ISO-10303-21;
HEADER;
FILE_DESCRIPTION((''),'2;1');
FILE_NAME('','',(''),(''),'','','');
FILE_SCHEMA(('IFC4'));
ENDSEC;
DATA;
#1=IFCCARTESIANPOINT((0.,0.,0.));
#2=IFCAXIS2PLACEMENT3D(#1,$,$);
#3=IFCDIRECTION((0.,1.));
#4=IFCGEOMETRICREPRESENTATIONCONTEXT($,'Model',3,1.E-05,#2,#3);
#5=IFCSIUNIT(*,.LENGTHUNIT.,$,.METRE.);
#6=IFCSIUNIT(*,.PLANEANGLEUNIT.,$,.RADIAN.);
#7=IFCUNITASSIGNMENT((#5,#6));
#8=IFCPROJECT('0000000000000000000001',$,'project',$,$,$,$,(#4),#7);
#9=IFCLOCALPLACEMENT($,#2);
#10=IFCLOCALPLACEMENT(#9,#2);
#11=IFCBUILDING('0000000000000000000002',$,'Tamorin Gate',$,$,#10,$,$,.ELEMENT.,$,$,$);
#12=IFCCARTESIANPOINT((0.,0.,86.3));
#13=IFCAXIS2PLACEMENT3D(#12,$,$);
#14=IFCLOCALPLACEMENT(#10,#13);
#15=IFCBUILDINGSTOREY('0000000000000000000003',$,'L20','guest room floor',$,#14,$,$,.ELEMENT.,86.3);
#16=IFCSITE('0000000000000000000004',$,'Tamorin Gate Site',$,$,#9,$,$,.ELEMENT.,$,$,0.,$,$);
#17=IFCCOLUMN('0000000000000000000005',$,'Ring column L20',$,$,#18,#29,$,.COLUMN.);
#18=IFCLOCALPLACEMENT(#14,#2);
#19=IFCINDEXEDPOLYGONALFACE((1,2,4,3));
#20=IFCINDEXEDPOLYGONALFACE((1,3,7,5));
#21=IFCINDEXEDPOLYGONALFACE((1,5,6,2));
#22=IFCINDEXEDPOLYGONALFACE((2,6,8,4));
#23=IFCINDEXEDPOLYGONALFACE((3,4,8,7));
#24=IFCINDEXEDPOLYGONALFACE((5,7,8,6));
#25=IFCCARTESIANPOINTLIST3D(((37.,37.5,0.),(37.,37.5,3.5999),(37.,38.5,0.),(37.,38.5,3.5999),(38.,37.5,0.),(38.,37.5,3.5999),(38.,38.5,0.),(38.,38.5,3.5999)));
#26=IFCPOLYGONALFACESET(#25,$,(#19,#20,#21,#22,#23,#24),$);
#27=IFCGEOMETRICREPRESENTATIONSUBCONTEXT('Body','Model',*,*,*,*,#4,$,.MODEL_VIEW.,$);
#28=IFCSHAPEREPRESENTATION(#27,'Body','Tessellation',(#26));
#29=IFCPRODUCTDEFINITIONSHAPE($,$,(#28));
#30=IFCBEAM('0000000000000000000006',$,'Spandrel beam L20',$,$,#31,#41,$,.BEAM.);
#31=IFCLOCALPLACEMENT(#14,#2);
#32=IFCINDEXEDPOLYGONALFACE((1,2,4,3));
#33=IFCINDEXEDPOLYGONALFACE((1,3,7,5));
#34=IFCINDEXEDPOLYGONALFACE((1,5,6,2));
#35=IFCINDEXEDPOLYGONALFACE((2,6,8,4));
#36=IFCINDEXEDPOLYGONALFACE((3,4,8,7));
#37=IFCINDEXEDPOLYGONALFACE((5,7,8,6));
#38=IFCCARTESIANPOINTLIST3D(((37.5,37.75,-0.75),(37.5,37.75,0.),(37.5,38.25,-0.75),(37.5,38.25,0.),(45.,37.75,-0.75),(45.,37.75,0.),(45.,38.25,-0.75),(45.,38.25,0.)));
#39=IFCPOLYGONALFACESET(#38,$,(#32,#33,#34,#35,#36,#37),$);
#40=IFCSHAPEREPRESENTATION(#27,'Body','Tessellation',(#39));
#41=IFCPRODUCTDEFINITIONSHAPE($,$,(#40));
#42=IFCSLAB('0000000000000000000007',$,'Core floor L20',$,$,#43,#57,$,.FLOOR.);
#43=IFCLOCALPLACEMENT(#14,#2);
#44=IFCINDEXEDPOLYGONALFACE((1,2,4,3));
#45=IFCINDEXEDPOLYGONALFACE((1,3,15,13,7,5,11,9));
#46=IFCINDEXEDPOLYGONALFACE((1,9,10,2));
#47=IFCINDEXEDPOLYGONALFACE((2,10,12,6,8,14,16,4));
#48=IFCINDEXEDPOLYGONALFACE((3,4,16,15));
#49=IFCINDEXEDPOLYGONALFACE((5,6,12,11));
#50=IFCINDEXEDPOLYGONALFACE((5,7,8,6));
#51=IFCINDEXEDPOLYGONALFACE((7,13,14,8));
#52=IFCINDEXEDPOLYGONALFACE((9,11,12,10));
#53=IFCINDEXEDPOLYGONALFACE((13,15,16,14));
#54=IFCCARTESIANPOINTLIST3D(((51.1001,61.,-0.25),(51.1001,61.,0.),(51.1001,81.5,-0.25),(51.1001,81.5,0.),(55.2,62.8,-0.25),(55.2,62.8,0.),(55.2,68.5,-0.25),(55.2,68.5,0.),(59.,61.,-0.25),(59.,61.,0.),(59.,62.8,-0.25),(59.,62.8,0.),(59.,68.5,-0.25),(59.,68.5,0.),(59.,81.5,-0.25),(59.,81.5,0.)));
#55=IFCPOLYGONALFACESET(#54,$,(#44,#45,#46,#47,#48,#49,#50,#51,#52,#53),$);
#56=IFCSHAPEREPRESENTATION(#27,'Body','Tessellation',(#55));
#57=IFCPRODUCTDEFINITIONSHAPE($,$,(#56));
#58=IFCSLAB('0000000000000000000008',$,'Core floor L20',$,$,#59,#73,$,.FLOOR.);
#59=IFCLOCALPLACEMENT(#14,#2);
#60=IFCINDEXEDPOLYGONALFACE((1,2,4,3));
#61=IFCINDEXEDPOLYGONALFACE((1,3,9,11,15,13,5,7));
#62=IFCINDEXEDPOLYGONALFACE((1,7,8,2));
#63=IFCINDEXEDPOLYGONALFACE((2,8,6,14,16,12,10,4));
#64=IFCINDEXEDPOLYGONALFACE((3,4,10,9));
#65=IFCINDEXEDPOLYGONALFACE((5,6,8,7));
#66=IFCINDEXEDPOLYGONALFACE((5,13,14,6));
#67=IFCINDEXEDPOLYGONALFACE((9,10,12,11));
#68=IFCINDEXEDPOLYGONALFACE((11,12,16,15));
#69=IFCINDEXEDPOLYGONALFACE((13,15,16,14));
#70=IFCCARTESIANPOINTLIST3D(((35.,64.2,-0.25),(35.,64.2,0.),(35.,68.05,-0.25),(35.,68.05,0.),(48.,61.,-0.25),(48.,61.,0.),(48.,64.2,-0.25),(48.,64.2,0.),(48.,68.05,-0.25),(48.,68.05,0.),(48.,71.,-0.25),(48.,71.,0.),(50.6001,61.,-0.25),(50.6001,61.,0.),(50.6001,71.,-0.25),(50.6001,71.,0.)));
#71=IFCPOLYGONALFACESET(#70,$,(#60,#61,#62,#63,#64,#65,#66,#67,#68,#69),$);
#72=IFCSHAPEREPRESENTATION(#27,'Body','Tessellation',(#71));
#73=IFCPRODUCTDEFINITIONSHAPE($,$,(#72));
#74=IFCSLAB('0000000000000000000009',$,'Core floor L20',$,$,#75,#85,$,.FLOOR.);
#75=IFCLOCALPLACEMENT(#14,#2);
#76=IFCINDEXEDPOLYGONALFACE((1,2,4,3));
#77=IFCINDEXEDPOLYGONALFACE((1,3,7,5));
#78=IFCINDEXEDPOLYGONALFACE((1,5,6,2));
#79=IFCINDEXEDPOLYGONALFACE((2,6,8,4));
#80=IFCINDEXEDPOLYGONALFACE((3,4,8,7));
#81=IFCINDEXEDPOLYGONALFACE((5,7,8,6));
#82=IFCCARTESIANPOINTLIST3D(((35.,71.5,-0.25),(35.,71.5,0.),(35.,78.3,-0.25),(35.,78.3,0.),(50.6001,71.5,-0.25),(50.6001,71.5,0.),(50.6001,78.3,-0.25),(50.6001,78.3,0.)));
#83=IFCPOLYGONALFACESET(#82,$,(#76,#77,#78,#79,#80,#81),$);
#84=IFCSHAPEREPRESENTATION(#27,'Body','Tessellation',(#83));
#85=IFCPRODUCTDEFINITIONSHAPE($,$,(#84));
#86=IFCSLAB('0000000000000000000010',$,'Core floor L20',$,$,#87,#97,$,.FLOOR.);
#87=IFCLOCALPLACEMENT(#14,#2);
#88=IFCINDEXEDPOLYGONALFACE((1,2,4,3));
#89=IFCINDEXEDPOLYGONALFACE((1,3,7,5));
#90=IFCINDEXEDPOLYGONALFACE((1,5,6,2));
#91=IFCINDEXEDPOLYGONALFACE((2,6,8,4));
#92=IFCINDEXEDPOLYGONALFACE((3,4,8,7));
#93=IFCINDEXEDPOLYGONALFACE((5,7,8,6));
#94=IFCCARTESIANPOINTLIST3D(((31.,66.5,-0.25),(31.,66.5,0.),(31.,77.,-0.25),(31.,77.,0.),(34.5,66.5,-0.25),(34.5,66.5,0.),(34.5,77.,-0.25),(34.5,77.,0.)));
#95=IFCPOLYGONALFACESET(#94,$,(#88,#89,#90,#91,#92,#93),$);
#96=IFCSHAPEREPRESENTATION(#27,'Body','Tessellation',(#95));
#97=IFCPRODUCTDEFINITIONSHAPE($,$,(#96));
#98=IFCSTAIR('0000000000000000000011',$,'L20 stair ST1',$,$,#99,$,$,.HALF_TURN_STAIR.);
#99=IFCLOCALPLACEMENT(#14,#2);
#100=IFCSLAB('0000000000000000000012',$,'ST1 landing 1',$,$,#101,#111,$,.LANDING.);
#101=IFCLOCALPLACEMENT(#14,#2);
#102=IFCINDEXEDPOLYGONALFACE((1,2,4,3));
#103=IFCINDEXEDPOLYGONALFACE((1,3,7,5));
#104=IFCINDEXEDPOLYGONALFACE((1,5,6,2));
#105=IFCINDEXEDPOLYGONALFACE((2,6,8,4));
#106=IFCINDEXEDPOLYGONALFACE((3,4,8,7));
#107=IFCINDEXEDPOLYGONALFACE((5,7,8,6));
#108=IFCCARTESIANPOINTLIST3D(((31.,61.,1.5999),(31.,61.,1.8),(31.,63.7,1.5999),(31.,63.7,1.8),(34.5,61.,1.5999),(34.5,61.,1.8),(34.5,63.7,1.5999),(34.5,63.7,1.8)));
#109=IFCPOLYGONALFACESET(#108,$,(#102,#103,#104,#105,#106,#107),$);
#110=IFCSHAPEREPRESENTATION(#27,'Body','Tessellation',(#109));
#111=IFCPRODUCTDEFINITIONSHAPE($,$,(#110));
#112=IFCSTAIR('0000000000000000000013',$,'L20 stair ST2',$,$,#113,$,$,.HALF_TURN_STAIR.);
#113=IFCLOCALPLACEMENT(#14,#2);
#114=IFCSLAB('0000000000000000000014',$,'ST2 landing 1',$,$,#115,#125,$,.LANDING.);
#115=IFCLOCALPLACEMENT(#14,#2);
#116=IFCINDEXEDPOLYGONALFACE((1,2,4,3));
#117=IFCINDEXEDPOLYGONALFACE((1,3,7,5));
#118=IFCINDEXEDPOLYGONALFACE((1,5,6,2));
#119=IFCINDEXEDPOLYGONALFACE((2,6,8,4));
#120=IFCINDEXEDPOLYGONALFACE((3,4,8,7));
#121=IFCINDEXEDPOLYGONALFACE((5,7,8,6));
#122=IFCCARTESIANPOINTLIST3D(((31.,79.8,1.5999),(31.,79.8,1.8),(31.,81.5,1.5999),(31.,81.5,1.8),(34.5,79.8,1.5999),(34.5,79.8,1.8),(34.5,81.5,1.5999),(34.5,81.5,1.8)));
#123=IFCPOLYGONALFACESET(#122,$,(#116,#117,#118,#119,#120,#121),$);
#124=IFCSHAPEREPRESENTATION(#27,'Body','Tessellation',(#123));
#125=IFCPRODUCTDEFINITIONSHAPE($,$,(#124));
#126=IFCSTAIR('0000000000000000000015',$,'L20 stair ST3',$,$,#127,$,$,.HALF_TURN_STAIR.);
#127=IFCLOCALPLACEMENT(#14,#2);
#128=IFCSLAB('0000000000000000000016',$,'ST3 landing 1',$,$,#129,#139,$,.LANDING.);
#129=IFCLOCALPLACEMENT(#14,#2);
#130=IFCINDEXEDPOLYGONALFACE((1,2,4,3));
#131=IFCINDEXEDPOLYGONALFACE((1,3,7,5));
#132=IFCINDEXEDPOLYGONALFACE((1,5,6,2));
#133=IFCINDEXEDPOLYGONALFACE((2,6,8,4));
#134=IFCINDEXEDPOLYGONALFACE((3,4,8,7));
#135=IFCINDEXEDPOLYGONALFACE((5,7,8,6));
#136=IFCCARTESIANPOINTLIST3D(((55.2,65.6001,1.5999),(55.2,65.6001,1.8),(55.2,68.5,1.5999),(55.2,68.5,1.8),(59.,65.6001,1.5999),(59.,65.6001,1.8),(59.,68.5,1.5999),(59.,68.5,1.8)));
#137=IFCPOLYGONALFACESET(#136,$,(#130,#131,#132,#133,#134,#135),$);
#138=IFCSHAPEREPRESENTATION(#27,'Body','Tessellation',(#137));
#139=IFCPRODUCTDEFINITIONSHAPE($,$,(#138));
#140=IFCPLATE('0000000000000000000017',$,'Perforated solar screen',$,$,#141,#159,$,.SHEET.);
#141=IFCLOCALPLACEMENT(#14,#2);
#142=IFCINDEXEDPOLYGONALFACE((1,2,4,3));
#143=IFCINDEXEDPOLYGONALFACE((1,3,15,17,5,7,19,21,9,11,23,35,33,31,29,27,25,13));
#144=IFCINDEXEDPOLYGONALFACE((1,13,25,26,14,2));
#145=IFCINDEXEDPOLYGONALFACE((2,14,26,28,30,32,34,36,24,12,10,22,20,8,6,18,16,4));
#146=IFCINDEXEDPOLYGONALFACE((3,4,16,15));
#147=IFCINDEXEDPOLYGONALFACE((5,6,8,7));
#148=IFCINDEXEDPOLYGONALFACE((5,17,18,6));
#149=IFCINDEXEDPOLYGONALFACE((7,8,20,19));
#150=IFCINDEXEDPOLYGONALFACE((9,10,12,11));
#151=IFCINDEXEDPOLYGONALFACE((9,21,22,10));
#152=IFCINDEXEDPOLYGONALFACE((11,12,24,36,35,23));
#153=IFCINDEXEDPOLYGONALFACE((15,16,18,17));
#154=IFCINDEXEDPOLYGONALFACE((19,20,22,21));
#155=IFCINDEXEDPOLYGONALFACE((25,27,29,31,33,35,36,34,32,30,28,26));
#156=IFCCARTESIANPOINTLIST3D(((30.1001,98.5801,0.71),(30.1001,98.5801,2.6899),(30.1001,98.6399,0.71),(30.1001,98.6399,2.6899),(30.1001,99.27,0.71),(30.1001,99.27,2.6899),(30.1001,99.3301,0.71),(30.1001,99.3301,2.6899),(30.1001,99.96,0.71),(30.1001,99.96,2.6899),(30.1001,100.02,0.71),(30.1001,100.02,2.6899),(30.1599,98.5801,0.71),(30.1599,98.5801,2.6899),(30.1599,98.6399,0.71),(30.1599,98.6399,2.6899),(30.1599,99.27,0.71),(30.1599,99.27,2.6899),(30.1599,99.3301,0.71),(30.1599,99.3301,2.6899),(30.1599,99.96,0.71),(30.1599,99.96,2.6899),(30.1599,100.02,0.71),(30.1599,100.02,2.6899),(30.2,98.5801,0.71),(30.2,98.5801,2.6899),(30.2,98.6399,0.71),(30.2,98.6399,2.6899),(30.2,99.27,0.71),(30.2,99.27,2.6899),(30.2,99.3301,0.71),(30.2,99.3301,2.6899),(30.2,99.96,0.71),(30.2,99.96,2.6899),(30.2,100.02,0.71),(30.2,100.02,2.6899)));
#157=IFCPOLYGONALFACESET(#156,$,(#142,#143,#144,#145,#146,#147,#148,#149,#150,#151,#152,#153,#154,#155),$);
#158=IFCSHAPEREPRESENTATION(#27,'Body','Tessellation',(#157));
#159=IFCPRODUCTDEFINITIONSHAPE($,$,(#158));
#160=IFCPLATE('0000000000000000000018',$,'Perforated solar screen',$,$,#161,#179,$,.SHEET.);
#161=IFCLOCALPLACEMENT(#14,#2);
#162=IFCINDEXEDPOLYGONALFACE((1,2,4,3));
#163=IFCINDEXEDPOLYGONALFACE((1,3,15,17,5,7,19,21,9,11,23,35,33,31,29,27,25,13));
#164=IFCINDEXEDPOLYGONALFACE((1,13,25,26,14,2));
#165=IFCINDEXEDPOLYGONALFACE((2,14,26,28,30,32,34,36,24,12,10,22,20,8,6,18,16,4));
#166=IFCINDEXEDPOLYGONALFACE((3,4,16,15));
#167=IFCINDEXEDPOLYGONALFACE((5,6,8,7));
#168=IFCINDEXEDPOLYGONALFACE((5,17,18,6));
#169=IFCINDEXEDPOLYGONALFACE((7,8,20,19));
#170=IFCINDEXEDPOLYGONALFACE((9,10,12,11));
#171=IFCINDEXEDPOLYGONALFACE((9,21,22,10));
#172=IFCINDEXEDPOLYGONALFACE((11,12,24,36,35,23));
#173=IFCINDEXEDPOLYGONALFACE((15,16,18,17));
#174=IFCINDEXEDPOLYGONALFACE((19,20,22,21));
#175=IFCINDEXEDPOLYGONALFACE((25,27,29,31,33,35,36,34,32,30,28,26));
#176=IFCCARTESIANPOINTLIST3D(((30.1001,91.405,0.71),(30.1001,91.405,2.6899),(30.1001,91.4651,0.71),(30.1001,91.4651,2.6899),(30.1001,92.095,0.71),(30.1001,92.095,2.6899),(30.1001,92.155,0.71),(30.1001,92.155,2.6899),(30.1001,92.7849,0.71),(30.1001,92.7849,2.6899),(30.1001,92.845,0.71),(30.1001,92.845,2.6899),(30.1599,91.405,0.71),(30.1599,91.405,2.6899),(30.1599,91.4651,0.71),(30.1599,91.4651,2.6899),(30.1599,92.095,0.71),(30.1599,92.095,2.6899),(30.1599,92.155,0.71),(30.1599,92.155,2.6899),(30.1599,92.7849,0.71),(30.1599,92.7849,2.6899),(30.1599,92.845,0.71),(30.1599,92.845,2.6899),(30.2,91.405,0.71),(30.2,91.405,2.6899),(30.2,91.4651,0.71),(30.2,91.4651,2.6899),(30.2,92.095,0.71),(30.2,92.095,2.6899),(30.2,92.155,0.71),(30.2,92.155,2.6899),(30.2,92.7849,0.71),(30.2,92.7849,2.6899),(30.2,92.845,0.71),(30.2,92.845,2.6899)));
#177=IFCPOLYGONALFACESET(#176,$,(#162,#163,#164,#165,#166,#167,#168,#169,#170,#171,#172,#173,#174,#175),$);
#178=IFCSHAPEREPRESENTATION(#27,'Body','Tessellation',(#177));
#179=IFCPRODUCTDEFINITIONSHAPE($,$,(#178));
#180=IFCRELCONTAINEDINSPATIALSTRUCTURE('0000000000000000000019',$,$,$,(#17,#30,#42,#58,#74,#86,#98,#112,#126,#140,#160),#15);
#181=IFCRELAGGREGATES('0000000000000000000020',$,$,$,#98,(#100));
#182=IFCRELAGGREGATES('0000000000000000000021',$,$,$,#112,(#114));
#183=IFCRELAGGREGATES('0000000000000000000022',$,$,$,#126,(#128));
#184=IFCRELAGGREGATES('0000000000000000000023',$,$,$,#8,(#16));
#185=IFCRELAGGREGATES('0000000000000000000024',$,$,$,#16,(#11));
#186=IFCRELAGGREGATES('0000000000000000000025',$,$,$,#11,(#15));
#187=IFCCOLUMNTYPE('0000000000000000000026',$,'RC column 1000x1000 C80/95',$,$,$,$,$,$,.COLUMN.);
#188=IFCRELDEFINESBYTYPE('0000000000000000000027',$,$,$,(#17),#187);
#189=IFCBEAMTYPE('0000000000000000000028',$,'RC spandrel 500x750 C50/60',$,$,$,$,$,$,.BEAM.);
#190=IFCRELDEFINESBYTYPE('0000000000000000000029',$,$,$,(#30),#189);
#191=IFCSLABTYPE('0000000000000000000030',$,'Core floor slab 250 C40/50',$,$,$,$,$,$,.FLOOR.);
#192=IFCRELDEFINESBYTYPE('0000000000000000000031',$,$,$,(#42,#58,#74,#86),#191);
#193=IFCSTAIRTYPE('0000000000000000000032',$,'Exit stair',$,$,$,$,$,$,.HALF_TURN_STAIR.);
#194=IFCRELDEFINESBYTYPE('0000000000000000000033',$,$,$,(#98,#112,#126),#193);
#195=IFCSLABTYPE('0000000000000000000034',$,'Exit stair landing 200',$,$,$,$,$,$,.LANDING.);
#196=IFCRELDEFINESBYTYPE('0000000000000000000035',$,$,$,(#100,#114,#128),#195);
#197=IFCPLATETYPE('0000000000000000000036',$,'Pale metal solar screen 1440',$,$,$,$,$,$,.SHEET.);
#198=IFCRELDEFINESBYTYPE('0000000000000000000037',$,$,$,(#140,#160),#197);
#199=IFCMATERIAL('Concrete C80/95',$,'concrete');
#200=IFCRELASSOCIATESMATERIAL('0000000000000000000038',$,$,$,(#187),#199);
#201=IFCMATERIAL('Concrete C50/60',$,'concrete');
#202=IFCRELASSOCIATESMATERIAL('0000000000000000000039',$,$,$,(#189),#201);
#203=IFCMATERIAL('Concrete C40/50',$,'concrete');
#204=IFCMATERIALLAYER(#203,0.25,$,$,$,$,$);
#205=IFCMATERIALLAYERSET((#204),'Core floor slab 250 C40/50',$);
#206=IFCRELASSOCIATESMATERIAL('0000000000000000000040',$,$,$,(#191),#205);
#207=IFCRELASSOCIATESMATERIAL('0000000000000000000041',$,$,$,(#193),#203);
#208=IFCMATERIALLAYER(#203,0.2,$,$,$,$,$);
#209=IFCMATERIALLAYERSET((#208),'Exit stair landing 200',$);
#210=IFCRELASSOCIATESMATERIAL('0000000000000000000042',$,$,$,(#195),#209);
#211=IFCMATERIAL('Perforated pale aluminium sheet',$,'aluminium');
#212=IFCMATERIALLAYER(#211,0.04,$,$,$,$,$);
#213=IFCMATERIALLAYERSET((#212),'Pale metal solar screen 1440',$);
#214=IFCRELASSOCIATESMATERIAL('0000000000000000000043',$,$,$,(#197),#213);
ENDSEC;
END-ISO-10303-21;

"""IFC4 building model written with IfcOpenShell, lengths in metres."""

from ifc_helpers import new_model, si_unit, direction, frame, origin, origin_2d, place, context, subcontext, project, spatial, polyline, rectangle, outline, extrude, material, layer, layer_set, material_profile, profile_set, type_object, element, aggregate, save


model = new_model("IFC4")

# Units and contexts
model_context = context("Model", 3, precision=1e-05, world=origin(), true_north=direction((0.0, 1.0)))
body_context = subcontext(model_context, "Body", "Model", "MODEL_VIEW")
ifc_project = project(units=[si_unit("LENGTHUNIT", "METRE"), si_unit("PLANEANGLEUNIT", "RADIAN")], contexts=[model_context])

# Site, building, storey
site_placement = place(None, origin())
site = spatial("IfcSite", under=ifc_project, at=site_placement, Name="Tamorin Gate Site", CompositionType="ELEMENT", RefElevation=0.0)
building_placement = place(site_placement, origin())
building = spatial("IfcBuilding", under=site, at=building_placement, Name="Tamorin Gate", CompositionType="ELEMENT")
storey_placement = place(building_placement, frame((0.0, 0.0, 86.3)))
storey = spatial("IfcBuildingStorey", under=building, at=storey_placement, Name="L20", Description="guest room floor", CompositionType="ELEMENT", Elevation=86.3)

# Column
ifc_material_1 = material(Name="Concrete C80/95", Category="concrete")
ifc_material_profile_1 = material_profile(ifc_material_1, rectangle(XDim=1.0, YDim=1.0, at=origin_2d()), Name="RC 1000x1000")
ifc_profile_set_1 = profile_set([ifc_material_profile_1], Name="Concrete C80/95")
column_type = type_object("IfcColumnType", Name="RC column 1000x1000 C80/95", PredefinedType="COLUMN", material=ifc_profile_set_1)
column_placement = place(storey_placement, frame((37.5, 38.0, 0.0), z_axis=(0.0, 0.0, 1.0), x_axis=(1.0, 0.0, 0.0)))
element("IfcColumn", 1, at=column_placement, inside=storey, type_object=column_type, Name="Ring column L20", PredefinedType="COLUMN", context=body_context, shape_type="SweptSolid", body=[
    extrude(rectangle(XDim=1.0, YDim=1.0, at=origin_2d()), origin(), (0.0, 0.0, 1.0), 3.5999),
])

# Beam
ifc_material_2 = material(Name="Concrete C50/60", Category="concrete")
ifc_material_profile_2 = material_profile(ifc_material_2, rectangle(XDim=0.5, YDim=0.75, at=origin_2d()), Name="RC 500x750")
ifc_profile_set_2 = profile_set([ifc_material_profile_2], Name="Concrete C50/60")
beam_type = type_object("IfcBeamType", Name="RC spandrel 500x750 C50/60", PredefinedType="BEAM", material=ifc_profile_set_2)
beam_placement = place(storey_placement, frame((37.5, 38.0, -0.375), z_axis=(1.0, 0.0, 0.0), x_axis=(0.0, 1.0, 0.0)))
element("IfcBeam", 2, at=beam_placement, inside=storey, type_object=beam_type, Name="Spandrel beam L20", PredefinedType="BEAM", context=body_context, shape_type="SweptSolid", body=[
    extrude(rectangle(XDim=0.5, YDim=0.75, at=origin_2d()), origin(), (0.0, 0.0, 1.0), 7.5),
])

# Slabs
ifc_material_3 = material(Name="Concrete C40/50", Category="concrete")
ifc_layer_1 = layer(ifc_material_3, 0.25)
ifc_layer_set_1 = layer_set([ifc_layer_1], Name="Core floor slab 250 C40/50")
slab_type_1 = type_object("IfcSlabType", Name="Core floor slab 250 C40/50", PredefinedType="FLOOR", material=ifc_layer_set_1)
slab_1_placement = place(storey_placement, frame((0.0, 0.0, -0.25)))
element("IfcSlab", 3, at=slab_1_placement, inside=storey, type_object=slab_type_1, Name="Core floor L20", PredefinedType="FLOOR", context=body_context, shape_type="SweptSolid", body=[
    extrude(outline(polyline([(59.0, 62.8), (59.0, 61.0), (51.1001, 61.0), (51.1001, 81.5), (59.0, 81.5), (59.0, 68.5), (55.2, 68.5), (55.2, 62.8), (59.0, 62.8)])), origin(), (0.0, 0.0, 1.0), 0.25),
])
slab_2_placement = place(storey_placement, frame((0.0, 0.0, -0.25)))
element("IfcSlab", 4, at=slab_2_placement, inside=storey, type_object=slab_type_1, Name="Core floor L20", PredefinedType="FLOOR", context=body_context, shape_type="SweptSolid", body=[
    extrude(outline(polyline([(50.6001, 61.0), (48.0, 61.0), (48.0, 64.2), (35.0, 64.2), (35.0, 68.05), (48.0, 68.05), (48.0, 71.0), (50.6001, 71.0), (50.6001, 61.0)])), origin(), (0.0, 0.0, 1.0), 0.25),
])
slab_3_placement = place(storey_placement, frame((0.0, 0.0, -0.25)))
element("IfcSlab", 5, at=slab_3_placement, inside=storey, type_object=slab_type_1, Name="Core floor L20", PredefinedType="FLOOR", context=body_context, shape_type="SweptSolid", body=[
    extrude(outline(polyline([(50.6001, 71.5), (35.0, 71.5), (35.0, 78.3), (50.6001, 78.3), (50.6001, 71.5)])), origin(), (0.0, 0.0, 1.0), 0.25),
])
slab_4_placement = place(storey_placement, frame((0.0, 0.0, -0.25)))
element("IfcSlab", 6, at=slab_4_placement, inside=storey, type_object=slab_type_1, Name="Core floor L20", PredefinedType="FLOOR", context=body_context, shape_type="SweptSolid", body=[
    extrude(outline(polyline([(31.0, 66.5), (31.0, 77.0), (34.5, 77.0), (34.5, 66.5), (31.0, 66.5)])), origin(), (0.0, 0.0, 1.0), 0.25),
])

# Stairs, slabs
stair_type = type_object("IfcStairType", Name="Exit stair", PredefinedType="HALF_TURN_STAIR", material=ifc_material_3)
stair_1_placement = place(storey_placement, origin())
stair_1 = element("IfcStair", 7, at=stair_1_placement, inside=storey, type_object=stair_type, Name="L20 stair ST1", PredefinedType="HALF_TURN_STAIR")
ifc_layer_2 = layer(ifc_material_3, 0.2)
ifc_layer_set_2 = layer_set([ifc_layer_2], Name="Exit stair landing 200")
slab_type_2 = type_object("IfcSlabType", Name="Exit stair landing 200", PredefinedType="LANDING", material=ifc_layer_set_2)
slab_5_placement = place(storey_placement, frame((0.0, 0.0, 1.5999)))
slab_5 = element("IfcSlab", 8, at=slab_5_placement, type_object=slab_type_2, Name="ST1 landing 1", PredefinedType="LANDING", context=body_context, shape_type="SweptSolid", body=[
    extrude(outline(polyline([(31.0, 63.7), (31.0, 61.0), (34.5, 61.0), (34.5, 63.7), (31.0, 63.7)])), origin(), (0.0, 0.0, 1.0), 0.2002),
])
aggregate(stair_1, [slab_5])
stair_2_placement = place(storey_placement, origin())
stair_2 = element("IfcStair", 9, at=stair_2_placement, inside=storey, type_object=stair_type, Name="L20 stair ST2", PredefinedType="HALF_TURN_STAIR")
slab_6_placement = place(storey_placement, frame((0.0, 0.0, 1.5999)))
slab_6 = element("IfcSlab", 10, at=slab_6_placement, type_object=slab_type_2, Name="ST2 landing 1", PredefinedType="LANDING", context=body_context, shape_type="SweptSolid", body=[
    extrude(outline(polyline([(34.5, 79.8), (34.5, 81.5), (31.0, 81.5), (31.0, 79.8), (34.5, 79.8)])), origin(), (0.0, 0.0, 1.0), 0.2002),
])
aggregate(stair_2, [slab_6])
stair_3_placement = place(storey_placement, origin())
stair_3 = element("IfcStair", 11, at=stair_3_placement, inside=storey, type_object=stair_type, Name="L20 stair ST3", PredefinedType="HALF_TURN_STAIR")
slab_7_placement = place(storey_placement, frame((0.0, 0.0, 1.5999)))
slab_7 = element("IfcSlab", 12, at=slab_7_placement, type_object=slab_type_2, Name="ST3 landing 1", PredefinedType="LANDING", context=body_context, shape_type="SweptSolid", body=[
    extrude(outline(polyline([(59.0, 65.6001), (59.0, 68.5), (55.2, 68.5), (55.2, 65.6001), (59.0, 65.6001)])), origin(), (0.0, 0.0, 1.0), 0.2002),
])
aggregate(stair_3, [slab_7])

# Plates
ifc_material_4 = material(Name="Perforated pale aluminium sheet", Category="aluminium")
ifc_layer_3 = layer(ifc_material_4, 0.04)
ifc_layer_set_3 = layer_set([ifc_layer_3], Name="Pale metal solar screen 1440")
plate_type = type_object("IfcPlateType", Name="Pale metal solar screen 1440", PredefinedType="SHEET", material=ifc_layer_set_3)
plate_1_placement = place(storey_placement, frame((0.0, 0.0, 0.71)))
element("IfcPlate", 13, at=plate_1_placement, inside=storey, type_object=plate_type, Name="Perforated solar screen", PredefinedType="SHEET", context=body_context, shape_type="SweptSolid", body=[
    extrude(outline(polyline([(30.1599, 100.02), (30.2, 100.02), (30.2, 99.96), (30.2, 99.3301), (30.2, 99.27), (30.2, 98.6399), (30.2, 98.5801), (30.1599, 98.5801), (30.1001, 98.5801), (30.1001, 98.6399), (30.1599, 98.6399), (30.1599, 99.27), (30.1001, 99.27), (30.1001, 99.3301), (30.1599, 99.3301), (30.1599, 99.96), (30.1001, 99.96), (30.1001, 100.02), (30.1599, 100.02)])), origin(), (0.0, 0.0, 1.0), 1.98),
])
plate_2_placement = place(storey_placement, frame((0.0, 0.0, 0.71)))
element("IfcPlate", 14, at=plate_2_placement, inside=storey, type_object=plate_type, Name="Perforated solar screen", PredefinedType="SHEET", context=body_context, shape_type="SweptSolid", body=[
    extrude(outline(polyline([(30.1599, 92.845), (30.2, 92.845), (30.2, 92.7849), (30.2, 92.155), (30.2, 92.095), (30.2, 91.4651), (30.2, 91.405), (30.1599, 91.405), (30.1001, 91.405), (30.1001, 91.4651), (30.1599, 91.4651), (30.1599, 92.095), (30.1001, 92.095), (30.1001, 92.155), (30.1599, 92.155), (30.1599, 92.7849), (30.1001, 92.7849), (30.1001, 92.845), (30.1599, 92.845)])), origin(), (0.0, 0.0, 1.0), 1.98),
])

save(model, "model.ifc")
